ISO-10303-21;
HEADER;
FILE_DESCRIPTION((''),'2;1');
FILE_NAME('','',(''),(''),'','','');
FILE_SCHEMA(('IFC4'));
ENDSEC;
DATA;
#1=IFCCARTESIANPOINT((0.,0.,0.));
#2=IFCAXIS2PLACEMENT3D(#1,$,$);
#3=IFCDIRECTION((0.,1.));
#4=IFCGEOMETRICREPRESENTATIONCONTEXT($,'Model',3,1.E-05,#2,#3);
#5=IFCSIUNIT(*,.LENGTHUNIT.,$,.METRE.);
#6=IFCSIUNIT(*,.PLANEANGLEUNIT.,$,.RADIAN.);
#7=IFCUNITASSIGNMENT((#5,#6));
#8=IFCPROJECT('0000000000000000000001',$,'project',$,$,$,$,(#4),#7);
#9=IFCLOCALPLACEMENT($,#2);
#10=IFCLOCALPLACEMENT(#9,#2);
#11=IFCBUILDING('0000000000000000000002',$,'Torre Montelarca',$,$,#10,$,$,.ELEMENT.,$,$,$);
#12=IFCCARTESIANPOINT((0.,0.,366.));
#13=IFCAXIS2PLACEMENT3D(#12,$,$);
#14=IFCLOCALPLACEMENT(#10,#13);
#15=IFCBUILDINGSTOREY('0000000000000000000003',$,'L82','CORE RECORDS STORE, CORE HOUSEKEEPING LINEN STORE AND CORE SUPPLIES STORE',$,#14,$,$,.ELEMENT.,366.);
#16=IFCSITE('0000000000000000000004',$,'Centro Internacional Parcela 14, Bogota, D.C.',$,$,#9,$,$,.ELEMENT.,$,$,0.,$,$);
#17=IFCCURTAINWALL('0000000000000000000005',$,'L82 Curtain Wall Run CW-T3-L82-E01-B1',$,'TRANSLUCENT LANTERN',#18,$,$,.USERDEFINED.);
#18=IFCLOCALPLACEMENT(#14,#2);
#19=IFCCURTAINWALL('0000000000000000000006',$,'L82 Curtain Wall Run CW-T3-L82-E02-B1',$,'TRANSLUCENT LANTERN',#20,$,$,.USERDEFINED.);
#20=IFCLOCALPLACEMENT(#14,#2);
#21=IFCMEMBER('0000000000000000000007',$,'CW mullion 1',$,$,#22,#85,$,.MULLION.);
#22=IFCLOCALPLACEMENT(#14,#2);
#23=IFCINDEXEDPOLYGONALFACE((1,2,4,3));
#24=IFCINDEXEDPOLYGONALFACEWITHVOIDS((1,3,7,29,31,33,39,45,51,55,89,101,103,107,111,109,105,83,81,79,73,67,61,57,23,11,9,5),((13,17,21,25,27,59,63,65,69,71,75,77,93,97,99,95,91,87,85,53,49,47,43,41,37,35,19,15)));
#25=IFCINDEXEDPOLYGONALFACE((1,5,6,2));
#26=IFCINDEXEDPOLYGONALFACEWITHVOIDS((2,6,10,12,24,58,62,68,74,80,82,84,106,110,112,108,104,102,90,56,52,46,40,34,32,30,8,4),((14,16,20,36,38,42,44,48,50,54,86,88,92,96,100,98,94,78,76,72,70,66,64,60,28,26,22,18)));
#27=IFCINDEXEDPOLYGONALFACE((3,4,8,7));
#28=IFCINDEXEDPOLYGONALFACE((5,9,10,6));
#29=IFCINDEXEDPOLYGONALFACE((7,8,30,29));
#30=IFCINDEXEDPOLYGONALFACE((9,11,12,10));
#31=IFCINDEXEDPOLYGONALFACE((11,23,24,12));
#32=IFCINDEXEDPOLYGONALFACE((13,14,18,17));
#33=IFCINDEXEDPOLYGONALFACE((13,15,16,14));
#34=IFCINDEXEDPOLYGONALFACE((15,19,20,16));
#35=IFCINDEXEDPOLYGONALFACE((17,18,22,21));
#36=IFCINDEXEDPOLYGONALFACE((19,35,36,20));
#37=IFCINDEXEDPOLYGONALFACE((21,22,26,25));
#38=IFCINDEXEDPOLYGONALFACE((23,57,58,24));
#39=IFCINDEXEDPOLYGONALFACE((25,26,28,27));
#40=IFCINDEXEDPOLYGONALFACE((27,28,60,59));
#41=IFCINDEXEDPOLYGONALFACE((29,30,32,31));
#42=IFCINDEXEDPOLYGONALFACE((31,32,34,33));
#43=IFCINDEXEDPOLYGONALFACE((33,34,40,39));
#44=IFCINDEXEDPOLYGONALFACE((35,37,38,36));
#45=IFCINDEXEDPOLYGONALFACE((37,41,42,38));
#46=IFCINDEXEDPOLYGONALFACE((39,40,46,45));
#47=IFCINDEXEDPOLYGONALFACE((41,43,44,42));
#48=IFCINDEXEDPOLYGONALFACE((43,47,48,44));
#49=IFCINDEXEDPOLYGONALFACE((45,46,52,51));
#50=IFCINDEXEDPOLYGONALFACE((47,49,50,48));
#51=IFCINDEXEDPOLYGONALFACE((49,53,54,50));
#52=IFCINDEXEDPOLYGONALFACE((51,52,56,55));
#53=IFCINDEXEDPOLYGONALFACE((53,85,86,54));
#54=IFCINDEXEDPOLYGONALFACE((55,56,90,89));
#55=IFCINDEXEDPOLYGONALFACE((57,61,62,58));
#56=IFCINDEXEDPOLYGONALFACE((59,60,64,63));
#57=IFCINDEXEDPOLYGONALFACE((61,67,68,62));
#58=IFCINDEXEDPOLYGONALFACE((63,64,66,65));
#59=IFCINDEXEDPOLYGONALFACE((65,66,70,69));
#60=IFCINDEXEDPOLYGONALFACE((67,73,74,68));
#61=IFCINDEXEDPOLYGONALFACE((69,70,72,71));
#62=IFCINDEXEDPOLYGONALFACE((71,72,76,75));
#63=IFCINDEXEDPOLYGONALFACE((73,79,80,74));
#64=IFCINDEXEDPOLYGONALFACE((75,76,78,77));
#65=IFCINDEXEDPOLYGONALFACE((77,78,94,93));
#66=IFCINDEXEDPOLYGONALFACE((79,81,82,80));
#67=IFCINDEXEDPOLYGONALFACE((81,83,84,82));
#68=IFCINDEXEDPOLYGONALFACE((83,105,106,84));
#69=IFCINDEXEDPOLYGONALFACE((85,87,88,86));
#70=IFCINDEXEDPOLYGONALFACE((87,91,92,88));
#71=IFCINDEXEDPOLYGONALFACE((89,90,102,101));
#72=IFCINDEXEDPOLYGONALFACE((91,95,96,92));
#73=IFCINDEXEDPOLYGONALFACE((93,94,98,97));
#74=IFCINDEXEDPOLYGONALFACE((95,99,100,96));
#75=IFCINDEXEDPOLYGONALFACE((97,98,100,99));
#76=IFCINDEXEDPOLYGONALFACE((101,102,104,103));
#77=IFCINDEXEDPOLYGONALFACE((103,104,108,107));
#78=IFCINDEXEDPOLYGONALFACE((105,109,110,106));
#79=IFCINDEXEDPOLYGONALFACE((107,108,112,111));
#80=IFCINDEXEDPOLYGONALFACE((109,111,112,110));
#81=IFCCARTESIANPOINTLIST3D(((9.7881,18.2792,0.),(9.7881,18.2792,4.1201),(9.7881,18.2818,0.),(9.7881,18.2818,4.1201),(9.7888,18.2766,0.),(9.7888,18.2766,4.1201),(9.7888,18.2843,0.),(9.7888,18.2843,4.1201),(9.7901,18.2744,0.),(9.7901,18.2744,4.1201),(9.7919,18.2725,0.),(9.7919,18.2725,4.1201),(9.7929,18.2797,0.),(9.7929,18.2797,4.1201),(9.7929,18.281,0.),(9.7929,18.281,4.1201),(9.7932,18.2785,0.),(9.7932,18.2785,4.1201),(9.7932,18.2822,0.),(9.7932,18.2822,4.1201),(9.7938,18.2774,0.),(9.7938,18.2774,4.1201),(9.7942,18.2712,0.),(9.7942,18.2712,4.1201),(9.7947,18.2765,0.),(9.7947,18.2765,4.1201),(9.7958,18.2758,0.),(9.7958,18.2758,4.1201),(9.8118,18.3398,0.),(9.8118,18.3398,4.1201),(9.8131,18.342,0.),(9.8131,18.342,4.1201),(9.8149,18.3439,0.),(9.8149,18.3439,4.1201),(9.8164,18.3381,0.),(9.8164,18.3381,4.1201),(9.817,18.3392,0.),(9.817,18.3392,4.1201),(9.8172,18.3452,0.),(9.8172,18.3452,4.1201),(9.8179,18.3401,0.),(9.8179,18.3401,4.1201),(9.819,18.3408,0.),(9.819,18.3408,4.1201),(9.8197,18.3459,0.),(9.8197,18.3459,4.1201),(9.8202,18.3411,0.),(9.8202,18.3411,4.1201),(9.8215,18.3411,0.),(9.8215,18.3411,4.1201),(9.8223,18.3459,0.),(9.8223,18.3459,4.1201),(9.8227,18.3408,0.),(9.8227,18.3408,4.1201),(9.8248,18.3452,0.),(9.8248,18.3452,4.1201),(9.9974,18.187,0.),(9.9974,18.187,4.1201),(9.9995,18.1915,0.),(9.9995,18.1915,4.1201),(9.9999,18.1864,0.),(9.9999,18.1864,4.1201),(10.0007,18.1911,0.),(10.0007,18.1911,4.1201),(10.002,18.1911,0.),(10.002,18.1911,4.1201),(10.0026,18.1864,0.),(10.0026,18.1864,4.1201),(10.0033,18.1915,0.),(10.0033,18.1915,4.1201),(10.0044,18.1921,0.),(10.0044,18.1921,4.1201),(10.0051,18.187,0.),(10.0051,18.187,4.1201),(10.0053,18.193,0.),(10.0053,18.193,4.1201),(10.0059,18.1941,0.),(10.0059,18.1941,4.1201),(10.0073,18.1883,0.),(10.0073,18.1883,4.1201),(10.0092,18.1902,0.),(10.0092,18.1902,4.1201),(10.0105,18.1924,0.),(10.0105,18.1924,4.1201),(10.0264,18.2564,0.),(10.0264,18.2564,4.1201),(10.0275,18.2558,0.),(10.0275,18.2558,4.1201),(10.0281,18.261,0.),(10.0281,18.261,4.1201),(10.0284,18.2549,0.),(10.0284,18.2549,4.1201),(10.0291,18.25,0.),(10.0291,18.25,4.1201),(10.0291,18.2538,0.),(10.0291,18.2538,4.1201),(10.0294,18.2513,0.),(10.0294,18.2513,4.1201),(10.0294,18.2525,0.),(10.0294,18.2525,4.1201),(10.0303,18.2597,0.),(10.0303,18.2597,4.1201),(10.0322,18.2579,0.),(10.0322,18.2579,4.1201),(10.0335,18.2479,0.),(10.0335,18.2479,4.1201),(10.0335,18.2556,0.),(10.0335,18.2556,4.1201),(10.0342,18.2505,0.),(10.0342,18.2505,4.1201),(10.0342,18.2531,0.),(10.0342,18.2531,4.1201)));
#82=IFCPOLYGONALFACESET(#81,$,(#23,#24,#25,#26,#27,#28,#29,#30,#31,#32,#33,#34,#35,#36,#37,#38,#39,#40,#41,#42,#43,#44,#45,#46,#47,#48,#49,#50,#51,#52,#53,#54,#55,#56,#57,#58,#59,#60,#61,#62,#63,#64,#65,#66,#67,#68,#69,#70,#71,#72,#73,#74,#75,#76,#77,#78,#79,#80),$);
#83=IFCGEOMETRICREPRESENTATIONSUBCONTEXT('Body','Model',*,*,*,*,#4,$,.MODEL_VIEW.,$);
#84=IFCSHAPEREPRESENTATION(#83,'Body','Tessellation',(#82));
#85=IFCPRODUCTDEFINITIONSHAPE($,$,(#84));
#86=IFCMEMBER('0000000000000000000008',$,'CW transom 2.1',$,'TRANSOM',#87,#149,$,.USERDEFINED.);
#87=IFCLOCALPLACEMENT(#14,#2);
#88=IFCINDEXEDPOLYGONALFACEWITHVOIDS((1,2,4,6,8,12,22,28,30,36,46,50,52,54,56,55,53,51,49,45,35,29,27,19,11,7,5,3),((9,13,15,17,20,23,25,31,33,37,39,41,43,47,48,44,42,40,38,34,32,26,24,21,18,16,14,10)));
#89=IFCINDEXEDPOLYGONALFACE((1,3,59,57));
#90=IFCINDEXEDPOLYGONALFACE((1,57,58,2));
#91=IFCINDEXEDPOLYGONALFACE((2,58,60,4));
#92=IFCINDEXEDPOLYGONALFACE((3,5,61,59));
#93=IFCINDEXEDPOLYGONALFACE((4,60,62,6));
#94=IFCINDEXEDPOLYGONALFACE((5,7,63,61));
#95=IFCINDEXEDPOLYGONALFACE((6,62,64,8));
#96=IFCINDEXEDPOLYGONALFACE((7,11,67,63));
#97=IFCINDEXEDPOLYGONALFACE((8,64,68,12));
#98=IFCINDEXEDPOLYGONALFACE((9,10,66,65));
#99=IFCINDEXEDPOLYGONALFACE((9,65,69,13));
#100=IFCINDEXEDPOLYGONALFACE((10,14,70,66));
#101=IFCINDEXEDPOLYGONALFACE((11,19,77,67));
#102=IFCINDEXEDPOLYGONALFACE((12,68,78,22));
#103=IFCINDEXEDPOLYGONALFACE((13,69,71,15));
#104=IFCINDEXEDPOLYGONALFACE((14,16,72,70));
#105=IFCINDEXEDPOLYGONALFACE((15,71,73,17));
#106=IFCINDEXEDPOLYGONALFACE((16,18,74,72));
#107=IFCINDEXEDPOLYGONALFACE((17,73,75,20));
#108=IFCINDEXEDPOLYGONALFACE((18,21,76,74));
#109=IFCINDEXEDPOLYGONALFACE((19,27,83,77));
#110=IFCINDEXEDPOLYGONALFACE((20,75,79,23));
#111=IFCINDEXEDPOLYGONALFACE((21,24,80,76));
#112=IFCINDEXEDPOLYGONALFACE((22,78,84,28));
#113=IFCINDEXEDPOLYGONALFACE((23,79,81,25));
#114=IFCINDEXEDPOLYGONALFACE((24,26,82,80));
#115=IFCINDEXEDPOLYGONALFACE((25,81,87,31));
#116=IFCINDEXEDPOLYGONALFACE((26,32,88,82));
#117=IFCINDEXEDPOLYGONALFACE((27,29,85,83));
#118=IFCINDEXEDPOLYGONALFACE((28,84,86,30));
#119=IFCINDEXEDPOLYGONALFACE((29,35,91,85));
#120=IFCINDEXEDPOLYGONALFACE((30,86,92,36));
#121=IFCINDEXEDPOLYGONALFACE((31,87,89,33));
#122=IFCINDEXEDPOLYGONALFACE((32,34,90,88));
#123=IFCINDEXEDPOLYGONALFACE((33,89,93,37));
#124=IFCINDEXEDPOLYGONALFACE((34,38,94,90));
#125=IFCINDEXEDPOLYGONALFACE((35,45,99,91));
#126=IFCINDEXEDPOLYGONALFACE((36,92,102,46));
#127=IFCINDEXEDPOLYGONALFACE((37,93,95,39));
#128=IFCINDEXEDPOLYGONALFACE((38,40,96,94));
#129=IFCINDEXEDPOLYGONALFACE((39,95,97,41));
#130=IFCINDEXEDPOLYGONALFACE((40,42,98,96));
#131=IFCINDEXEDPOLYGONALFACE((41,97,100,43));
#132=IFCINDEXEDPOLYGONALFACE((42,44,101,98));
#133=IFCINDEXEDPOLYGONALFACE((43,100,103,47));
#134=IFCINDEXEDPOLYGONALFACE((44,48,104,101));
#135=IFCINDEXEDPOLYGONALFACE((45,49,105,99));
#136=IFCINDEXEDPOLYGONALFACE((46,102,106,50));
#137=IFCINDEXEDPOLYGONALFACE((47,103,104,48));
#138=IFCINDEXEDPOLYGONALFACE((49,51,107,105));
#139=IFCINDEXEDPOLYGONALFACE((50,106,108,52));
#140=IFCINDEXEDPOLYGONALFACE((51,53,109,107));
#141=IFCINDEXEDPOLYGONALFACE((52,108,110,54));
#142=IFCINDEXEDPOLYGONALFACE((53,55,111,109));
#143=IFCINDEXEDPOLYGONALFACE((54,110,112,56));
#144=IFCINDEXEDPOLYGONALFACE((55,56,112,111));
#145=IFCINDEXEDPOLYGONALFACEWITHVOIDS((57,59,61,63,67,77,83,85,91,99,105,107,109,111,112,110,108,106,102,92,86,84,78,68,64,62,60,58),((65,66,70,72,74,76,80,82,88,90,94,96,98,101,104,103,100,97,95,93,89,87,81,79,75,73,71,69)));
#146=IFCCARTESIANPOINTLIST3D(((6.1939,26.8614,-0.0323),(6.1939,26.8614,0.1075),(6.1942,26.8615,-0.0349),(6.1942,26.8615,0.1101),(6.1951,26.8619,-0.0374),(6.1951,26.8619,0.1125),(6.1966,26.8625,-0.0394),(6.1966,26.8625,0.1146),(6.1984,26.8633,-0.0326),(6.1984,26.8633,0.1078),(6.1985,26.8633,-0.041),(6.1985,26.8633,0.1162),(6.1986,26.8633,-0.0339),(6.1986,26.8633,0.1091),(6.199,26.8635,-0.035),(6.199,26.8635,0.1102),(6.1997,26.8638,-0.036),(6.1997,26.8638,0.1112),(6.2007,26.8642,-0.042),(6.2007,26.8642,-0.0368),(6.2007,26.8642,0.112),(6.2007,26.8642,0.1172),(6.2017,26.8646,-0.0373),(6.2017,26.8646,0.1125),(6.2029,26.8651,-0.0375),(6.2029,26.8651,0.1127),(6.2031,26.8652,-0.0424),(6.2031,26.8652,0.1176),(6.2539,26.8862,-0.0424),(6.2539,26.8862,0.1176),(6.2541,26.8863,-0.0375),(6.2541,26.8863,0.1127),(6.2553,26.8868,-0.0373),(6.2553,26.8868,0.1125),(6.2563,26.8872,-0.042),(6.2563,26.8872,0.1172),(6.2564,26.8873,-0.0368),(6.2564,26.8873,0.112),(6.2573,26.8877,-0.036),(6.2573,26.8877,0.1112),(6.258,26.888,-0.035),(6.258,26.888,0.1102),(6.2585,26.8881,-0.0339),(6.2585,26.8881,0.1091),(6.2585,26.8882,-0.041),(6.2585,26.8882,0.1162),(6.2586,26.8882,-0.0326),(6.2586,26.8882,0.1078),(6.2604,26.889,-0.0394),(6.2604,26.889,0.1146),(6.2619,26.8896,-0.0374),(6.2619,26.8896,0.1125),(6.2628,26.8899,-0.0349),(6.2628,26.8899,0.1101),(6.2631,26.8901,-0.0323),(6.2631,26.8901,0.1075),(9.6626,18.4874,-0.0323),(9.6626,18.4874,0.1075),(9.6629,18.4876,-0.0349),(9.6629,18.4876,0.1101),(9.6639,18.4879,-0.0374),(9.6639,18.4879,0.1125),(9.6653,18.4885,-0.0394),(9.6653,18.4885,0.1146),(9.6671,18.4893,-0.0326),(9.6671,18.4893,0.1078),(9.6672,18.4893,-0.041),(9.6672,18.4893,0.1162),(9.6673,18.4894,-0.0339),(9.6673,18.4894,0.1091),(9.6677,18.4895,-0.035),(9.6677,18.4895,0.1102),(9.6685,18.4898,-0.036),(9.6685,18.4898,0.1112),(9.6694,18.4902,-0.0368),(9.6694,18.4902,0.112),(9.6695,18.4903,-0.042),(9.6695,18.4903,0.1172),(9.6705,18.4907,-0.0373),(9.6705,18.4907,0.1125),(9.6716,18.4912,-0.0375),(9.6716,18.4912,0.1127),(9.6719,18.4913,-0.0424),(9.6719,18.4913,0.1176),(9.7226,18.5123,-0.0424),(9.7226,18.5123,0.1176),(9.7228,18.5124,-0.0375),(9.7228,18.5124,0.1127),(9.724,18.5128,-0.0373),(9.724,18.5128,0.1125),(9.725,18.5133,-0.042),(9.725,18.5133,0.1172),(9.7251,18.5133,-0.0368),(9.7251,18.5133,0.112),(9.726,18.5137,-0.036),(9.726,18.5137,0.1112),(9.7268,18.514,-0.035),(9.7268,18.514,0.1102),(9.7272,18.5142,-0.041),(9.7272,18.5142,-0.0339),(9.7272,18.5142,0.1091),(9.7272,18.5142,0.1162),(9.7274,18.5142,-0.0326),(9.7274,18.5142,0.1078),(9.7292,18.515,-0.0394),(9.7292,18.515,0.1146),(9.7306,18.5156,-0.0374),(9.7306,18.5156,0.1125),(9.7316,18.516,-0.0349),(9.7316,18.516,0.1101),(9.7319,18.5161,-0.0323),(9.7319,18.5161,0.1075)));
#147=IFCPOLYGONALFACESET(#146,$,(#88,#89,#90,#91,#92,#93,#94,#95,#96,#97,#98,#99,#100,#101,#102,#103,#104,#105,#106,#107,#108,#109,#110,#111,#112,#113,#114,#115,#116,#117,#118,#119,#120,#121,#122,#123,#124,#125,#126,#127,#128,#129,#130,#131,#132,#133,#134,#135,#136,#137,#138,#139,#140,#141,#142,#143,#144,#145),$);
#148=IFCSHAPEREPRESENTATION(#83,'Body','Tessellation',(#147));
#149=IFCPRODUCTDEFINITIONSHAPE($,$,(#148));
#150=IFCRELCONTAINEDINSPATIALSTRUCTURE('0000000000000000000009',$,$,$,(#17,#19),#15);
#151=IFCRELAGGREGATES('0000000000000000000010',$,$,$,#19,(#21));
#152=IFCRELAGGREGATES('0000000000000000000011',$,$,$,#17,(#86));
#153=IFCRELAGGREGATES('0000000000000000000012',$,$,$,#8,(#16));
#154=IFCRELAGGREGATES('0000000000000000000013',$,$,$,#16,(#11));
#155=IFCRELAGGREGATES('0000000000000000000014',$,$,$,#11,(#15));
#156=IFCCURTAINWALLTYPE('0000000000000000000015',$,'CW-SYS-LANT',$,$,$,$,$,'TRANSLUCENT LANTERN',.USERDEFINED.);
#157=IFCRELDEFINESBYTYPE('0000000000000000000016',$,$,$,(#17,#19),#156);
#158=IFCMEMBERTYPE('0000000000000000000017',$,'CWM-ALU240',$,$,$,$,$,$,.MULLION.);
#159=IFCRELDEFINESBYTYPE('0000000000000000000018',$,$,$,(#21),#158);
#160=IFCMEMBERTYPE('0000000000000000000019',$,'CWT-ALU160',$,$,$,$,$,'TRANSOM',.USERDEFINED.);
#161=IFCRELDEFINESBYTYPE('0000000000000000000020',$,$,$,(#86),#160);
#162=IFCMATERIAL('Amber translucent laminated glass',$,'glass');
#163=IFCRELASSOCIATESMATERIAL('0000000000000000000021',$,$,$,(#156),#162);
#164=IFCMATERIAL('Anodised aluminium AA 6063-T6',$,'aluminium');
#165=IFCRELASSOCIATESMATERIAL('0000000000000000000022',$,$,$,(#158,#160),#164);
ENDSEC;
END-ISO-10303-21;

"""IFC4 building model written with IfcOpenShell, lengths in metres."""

from ifc_helpers import new_model, si_unit, direction, frame, origin, origin_2d, place, context, subcontext, project, spatial, hollow_rectangle, extrude, source, transform, mapped, material, material_profile, profile_set, type_object, element, aggregate, save


model = new_model("IFC4")

# Units and contexts
model_context = context("Model", 3, precision=1e-05, world=origin(), true_north=direction((0.0, 1.0)))
body_context = subcontext(model_context, "Body", "Model", "MODEL_VIEW")
ifc_project = project(units=[si_unit("LENGTHUNIT", "METRE"), si_unit("PLANEANGLEUNIT", "RADIAN")], contexts=[model_context])

# Site, building, storey
site_placement = place(None, origin())
site = spatial("IfcSite", under=ifc_project, at=site_placement, Name="Centro Internacional Parcela 14, Bogota, D.C.", CompositionType="ELEMENT", RefElevation=0.0)
building_placement = place(site_placement, origin())
building = spatial("IfcBuilding", under=site, at=building_placement, Name="Torre Montelarca", CompositionType="ELEMENT")
storey_placement = place(building_placement, frame((0.0, 0.0, 366.0)))
storey = spatial("IfcBuildingStorey", under=building, at=storey_placement, Name="L82", Description="CORE RECORDS STORE, CORE HOUSEKEEPING LINEN STORE AND CORE SUPPLIES STORE", CompositionType="ELEMENT", Elevation=366.0)

# Curtain wall
ifc_material_1 = material(Name="Amber translucent laminated glass", Category="glass")
curtain_wall_type = type_object("IfcCurtainWallType", Name="CW-SYS-LANT", ElementType="TRANSLUCENT LANTERN", PredefinedType="USERDEFINED", material=ifc_material_1)
curtain_wall_1_placement = place(storey_placement, origin())
curtain_wall_1 = element("IfcCurtainWall", 1, at=curtain_wall_1_placement, inside=storey, type_object=curtain_wall_type, Name="L82 Curtain Wall Run CW-T3-L82-E01-B1", ObjectType="TRANSLUCENT LANTERN", PredefinedType="USERDEFINED")
ifc_material_2 = material(Name="Anodised aluminium AA 6063-T6", Category="aluminium")
ifc_material_profile_1 = material_profile(ifc_material_2, hollow_rectangle(XDim=0.0801, YDim=0.24, WallThickness=0.0049, InnerFilletRadius=0.0049, OuterFilletRadius=0.01, at=origin_2d()), Name="ALU80X240X5", Category="aluminium")
ifc_profile_set_1 = profile_set([ifc_material_profile_1], Name="Anodised aluminium AA 6063-T6")
member_type_1 = type_object("IfcMemberType", Name="CWM-ALU240", PredefinedType="MULLION", material=ifc_profile_set_1)
shared_shape_1 = source(origin(), body_context, "Body", "SweptSolid", [
    extrude(hollow_rectangle(XDim=0.0801, YDim=0.24, WallThickness=0.0049, InnerFilletRadius=0.0049, OuterFilletRadius=0.01, at=origin_2d()), origin(), (0.0, 0.0, 1.0), 4.1201),
])

# Curtain wall, member
curtain_wall_2_placement = place(storey_placement, origin())
curtain_wall_2 = element("IfcCurtainWall", 2, at=curtain_wall_2_placement, inside=storey, type_object=curtain_wall_type, Name="L82 Curtain Wall Run CW-T3-L82-E02-B1", ObjectType="TRANSLUCENT LANTERN", PredefinedType="USERDEFINED")
member_1_placement = place(storey_placement, frame((9.9111, 18.2661, 0.0), z_axis=(0.0, 0.0, 1.0), x_axis=(0.382683, 0.92388, 0.0)))
member_1 = element("IfcMember", 3, at=member_1_placement, type_object=member_type_1, Name="CW mullion 1", PredefinedType="MULLION", context=body_context, shape_type="MappedRepresentation", body=[
    mapped(shared_shape_1, transform((0.0, 0.0, 0.0), scale=1.0)),
])
aggregate(curtain_wall_2, [member_1])

# Member
ifc_material_profile_2 = material_profile(ifc_material_2, hollow_rectangle(XDim=0.075, YDim=0.1599, WallThickness=0.0049, InnerFilletRadius=0.0049, OuterFilletRadius=0.01, at=origin_2d()), Name="ALU75X160X5", Category="aluminium")
ifc_profile_set_2 = profile_set([ifc_material_profile_2], Name="Anodised aluminium AA 6063-T6")
member_type_2 = type_object("IfcMemberType", Name="CWT-ALU160", ElementType="TRANSOM", PredefinedType="USERDEFINED", material=ifc_profile_set_2)
shared_shape_2 = source(origin(), body_context, "Body", "SweptSolid", [
    extrude(hollow_rectangle(XDim=0.075, YDim=0.1599, WallThickness=0.0049, InnerFilletRadius=0.0049, OuterFilletRadius=0.01, at=origin_2d()), origin(), (0.0, 0.0, 1.0), 9.064),
])
member_2_placement = place(storey_placement, frame((6.2285, 26.8757, 0.0376), z_axis=(0.382694, -0.923875, 0.0), x_axis=(0.923875, 0.382694, 0.0)))
member_2 = element("IfcMember", 4, at=member_2_placement, type_object=member_type_2, Name="CW transom 2.1", ObjectType="TRANSOM", PredefinedType="USERDEFINED", context=body_context, shape_type="MappedRepresentation", body=[
    mapped(shared_shape_2, transform((0.0, 0.0, 0.0), scale=1.0)),
])

aggregate(curtain_wall_1, [member_2])

save(model, "model.ifc")
